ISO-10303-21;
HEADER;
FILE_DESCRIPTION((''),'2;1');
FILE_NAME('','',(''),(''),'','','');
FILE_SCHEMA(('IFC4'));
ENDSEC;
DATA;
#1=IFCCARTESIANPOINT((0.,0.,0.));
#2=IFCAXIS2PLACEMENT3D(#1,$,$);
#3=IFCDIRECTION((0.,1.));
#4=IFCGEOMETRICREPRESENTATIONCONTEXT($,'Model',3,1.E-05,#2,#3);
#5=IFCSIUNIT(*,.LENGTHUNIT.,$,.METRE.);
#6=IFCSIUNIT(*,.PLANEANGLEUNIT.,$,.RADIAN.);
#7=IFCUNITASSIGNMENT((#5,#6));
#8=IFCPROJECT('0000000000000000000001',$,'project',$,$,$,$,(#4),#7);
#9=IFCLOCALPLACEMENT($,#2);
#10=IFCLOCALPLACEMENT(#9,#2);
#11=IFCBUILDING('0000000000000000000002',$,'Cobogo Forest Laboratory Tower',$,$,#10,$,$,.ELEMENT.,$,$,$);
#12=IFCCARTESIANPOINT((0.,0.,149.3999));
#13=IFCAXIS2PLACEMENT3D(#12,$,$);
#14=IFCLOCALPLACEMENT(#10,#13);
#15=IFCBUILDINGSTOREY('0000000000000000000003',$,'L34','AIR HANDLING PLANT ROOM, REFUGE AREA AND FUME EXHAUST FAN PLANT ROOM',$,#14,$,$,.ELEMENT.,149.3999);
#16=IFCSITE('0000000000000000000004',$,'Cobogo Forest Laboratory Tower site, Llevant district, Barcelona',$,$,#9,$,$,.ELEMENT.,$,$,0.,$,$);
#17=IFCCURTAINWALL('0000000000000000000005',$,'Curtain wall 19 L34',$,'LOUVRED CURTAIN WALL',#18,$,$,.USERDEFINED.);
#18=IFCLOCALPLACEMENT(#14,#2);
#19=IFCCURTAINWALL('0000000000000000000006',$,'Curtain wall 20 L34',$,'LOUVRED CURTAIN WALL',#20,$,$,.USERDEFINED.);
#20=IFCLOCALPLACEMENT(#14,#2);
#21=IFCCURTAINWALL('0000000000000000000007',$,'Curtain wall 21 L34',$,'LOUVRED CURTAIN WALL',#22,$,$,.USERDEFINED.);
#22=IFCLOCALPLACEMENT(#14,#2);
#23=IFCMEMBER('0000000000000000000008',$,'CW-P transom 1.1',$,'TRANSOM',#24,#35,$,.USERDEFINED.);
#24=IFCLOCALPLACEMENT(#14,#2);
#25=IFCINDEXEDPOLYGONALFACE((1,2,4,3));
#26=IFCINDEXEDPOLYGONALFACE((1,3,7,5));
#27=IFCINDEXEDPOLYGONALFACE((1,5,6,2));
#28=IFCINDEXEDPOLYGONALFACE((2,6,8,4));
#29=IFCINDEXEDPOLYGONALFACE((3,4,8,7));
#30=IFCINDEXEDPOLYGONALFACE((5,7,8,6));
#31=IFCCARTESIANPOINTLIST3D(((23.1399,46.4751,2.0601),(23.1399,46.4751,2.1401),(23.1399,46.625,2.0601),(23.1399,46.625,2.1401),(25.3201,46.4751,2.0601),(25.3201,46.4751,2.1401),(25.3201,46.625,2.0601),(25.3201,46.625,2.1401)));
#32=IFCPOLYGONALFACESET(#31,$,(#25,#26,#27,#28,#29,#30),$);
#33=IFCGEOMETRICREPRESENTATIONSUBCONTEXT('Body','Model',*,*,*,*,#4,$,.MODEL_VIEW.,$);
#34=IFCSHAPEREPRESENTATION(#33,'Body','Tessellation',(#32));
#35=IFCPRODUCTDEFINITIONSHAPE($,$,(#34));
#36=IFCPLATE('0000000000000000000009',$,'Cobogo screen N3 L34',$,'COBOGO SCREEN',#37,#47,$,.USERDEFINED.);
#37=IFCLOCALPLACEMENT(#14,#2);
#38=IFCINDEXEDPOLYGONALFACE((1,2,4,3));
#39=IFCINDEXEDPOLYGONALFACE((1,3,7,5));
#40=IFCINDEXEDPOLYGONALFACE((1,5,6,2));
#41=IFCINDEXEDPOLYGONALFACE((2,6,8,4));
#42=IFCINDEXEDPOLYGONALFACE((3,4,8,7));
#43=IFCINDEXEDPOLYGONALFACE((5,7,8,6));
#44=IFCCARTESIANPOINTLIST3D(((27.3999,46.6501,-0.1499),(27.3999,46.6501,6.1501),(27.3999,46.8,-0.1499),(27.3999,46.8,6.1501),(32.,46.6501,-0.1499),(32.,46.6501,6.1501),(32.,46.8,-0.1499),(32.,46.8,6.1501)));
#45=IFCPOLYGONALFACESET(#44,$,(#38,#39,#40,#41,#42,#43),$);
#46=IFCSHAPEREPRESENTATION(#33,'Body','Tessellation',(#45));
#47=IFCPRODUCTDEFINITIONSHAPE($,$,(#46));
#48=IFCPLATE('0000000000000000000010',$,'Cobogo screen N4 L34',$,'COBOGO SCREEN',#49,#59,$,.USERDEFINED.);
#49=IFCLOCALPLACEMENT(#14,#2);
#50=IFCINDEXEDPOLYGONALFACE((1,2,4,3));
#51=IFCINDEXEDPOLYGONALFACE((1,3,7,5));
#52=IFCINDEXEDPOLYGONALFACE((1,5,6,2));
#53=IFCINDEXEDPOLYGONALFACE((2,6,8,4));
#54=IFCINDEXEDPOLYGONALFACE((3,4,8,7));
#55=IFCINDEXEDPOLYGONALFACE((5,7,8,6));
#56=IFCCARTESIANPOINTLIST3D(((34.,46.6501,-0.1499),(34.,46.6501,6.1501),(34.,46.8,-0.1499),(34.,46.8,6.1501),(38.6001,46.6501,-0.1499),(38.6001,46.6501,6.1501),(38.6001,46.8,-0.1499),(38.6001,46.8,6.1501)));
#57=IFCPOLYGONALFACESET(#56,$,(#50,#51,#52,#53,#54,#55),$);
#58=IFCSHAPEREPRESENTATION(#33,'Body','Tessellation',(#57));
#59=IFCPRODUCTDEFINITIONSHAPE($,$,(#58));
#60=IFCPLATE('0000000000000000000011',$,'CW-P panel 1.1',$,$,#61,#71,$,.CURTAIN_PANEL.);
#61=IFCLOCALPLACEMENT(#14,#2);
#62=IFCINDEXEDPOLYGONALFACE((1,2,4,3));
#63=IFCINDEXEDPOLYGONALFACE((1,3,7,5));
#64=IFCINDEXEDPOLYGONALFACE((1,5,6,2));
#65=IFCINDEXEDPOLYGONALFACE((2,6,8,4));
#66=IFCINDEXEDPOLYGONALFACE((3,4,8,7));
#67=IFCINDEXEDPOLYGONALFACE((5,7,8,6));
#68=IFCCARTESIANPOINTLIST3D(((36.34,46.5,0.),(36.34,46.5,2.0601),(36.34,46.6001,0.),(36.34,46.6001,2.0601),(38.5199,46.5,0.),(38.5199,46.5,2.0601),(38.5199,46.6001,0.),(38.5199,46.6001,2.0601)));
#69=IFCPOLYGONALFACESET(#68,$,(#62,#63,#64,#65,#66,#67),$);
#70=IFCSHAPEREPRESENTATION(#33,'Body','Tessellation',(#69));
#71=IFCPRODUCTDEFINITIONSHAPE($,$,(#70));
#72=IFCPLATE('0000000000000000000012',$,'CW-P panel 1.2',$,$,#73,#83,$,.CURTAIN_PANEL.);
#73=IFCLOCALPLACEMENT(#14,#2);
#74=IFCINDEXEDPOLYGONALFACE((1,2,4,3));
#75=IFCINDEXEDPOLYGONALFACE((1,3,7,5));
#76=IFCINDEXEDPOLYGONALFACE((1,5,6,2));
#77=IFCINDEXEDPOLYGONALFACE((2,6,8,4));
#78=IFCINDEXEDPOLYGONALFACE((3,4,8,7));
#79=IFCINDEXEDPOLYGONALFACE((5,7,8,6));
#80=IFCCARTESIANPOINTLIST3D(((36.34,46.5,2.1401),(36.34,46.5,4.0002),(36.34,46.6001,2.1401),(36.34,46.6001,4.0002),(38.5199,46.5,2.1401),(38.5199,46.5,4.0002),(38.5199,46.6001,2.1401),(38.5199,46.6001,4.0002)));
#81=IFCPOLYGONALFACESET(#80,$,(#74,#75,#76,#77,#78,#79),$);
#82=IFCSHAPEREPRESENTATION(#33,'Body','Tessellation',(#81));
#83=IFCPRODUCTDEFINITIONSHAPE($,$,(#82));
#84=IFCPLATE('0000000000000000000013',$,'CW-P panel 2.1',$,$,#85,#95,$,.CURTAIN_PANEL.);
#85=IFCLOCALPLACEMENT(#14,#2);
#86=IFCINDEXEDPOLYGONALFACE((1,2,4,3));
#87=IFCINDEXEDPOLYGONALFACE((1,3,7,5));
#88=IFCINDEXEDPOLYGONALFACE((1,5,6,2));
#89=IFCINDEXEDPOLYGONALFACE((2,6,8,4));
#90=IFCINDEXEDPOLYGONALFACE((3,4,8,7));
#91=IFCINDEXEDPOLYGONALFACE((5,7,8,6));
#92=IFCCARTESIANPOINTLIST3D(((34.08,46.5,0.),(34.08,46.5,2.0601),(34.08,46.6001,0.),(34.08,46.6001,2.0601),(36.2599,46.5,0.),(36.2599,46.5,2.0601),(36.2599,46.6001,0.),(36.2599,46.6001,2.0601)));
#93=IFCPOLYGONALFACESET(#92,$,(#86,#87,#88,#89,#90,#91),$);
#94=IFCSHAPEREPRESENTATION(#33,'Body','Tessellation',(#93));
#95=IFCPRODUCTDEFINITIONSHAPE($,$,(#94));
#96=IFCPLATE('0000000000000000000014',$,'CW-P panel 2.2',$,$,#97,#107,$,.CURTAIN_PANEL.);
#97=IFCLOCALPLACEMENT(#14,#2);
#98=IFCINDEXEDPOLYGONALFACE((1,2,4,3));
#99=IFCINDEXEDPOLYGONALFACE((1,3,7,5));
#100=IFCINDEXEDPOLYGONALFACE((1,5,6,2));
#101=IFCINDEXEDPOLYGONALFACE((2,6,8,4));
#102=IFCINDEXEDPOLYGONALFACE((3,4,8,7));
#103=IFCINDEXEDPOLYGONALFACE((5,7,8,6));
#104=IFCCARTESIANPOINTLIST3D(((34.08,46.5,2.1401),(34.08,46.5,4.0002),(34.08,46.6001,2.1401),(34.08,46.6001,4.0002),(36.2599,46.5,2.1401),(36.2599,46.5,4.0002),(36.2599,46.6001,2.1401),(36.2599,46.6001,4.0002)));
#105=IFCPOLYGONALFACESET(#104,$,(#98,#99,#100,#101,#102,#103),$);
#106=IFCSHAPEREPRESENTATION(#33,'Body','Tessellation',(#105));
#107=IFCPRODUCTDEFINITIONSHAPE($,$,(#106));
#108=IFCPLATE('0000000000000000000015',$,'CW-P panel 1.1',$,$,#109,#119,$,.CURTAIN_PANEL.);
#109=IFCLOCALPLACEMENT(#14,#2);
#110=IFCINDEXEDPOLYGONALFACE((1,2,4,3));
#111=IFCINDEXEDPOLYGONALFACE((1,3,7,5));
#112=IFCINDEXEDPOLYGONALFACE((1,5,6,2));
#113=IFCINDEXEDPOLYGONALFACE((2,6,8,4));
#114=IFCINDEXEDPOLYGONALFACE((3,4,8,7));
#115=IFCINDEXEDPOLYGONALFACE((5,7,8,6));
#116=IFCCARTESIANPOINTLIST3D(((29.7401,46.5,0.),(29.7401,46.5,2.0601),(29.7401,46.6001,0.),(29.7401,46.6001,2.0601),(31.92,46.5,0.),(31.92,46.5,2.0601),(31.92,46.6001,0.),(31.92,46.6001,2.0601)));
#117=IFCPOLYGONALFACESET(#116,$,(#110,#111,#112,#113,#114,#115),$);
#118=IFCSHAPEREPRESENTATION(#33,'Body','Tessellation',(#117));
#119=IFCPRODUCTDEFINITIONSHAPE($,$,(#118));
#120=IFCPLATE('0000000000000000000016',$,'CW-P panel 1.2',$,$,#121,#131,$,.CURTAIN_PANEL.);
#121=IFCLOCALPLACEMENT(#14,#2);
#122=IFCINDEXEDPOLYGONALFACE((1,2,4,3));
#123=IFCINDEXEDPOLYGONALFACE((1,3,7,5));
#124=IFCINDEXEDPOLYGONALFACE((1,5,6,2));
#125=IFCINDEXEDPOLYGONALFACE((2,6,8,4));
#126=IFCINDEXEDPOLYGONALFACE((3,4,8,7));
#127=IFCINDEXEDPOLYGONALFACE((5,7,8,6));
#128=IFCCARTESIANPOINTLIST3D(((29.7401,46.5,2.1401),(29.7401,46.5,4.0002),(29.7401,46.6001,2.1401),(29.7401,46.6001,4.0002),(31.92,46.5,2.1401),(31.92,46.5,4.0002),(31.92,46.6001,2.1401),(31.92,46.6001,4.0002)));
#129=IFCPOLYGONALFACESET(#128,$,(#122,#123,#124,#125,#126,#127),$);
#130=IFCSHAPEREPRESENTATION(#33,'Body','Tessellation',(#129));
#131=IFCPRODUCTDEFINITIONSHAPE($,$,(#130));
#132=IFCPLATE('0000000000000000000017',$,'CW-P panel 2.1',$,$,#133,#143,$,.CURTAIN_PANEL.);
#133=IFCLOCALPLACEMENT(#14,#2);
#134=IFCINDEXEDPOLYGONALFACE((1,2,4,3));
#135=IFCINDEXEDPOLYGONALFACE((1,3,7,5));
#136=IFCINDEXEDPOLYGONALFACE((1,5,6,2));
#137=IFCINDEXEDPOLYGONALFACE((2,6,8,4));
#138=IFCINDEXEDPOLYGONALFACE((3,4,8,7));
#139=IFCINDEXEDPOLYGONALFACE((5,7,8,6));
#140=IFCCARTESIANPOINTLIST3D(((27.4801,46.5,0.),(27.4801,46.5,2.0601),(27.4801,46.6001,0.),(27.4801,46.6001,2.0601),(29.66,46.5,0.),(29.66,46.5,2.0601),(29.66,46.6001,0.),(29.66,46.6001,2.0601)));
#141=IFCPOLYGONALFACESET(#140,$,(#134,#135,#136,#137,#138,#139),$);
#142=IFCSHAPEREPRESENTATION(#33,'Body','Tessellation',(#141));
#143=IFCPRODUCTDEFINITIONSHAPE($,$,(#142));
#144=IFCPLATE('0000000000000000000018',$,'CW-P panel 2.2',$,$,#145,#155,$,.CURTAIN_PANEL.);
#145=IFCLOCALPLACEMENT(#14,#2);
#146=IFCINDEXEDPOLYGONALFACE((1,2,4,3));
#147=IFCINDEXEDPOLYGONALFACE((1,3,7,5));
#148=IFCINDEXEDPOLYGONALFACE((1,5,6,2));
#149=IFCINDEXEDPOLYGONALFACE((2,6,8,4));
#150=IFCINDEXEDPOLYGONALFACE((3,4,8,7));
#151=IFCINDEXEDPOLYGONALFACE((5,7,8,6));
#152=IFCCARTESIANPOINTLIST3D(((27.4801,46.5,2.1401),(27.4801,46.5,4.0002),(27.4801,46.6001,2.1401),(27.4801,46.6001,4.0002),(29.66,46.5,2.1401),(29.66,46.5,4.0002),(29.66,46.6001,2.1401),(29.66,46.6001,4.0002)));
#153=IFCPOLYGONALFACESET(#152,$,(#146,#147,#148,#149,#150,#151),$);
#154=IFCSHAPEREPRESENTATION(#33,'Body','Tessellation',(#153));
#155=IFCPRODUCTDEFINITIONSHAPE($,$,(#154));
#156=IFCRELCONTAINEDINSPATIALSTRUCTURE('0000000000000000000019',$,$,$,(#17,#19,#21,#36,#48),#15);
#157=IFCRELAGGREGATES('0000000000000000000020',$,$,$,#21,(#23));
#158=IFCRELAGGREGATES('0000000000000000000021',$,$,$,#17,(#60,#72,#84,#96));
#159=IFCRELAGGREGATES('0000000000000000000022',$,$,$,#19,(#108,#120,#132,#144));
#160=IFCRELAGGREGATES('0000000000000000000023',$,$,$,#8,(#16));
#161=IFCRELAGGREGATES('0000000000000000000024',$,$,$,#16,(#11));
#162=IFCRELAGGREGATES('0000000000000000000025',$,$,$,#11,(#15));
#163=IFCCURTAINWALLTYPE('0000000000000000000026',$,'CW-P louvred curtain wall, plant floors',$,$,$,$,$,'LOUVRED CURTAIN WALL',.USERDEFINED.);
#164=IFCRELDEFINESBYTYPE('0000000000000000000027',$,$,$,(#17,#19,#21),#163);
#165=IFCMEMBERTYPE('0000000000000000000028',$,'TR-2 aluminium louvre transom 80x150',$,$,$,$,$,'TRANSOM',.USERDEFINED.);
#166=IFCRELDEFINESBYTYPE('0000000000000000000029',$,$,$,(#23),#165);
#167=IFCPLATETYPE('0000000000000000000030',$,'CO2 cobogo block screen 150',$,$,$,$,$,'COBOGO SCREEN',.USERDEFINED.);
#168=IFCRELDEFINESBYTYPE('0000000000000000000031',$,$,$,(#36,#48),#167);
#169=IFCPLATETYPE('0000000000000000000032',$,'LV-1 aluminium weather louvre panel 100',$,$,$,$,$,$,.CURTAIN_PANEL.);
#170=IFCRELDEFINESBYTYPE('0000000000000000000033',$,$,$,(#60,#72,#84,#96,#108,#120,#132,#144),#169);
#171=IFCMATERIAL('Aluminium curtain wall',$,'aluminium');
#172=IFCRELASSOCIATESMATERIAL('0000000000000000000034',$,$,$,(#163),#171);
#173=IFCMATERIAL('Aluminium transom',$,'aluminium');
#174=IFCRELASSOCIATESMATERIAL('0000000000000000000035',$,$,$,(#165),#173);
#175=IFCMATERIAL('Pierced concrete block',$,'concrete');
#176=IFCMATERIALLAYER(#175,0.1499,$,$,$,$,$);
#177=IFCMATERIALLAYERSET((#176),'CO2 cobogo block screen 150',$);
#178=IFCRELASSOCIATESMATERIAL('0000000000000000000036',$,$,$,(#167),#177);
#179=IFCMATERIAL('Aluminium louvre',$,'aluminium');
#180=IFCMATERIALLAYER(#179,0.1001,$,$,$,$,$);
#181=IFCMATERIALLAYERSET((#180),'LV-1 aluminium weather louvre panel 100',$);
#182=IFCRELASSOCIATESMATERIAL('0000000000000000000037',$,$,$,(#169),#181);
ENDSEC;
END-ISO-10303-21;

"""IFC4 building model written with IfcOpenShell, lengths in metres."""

from ifc_helpers import new_model, si_unit, direction, frame, origin, origin_2d, place, context, subcontext, project, spatial, rectangle, extrude, material, layer, layer_set, material_profile, profile_set, type_object, element, aggregate, save


model = new_model("IFC4")

# Units and contexts
model_context = context("Model", 3, precision=1e-05, world=origin(), true_north=direction((0.0, 1.0)))
body_context = subcontext(model_context, "Body", "Model", "MODEL_VIEW")
ifc_project = project(units=[si_unit("LENGTHUNIT", "METRE"), si_unit("PLANEANGLEUNIT", "RADIAN")], contexts=[model_context])

# Site, building, storey
site_placement = place(None, origin())
site = spatial("IfcSite", under=ifc_project, at=site_placement, Name="Cobogo Forest Laboratory Tower site, Llevant district, Barcelona", CompositionType="ELEMENT", RefElevation=0.0)
building_placement = place(site_placement, origin())
building = spatial("IfcBuilding", under=site, at=building_placement, Name="Cobogo Forest Laboratory Tower", CompositionType="ELEMENT")
storey_placement = place(building_placement, frame((0.0, 0.0, 149.3999)))
storey = spatial("IfcBuildingStorey", under=building, at=storey_placement, Name="L34", Description="AIR HANDLING PLANT ROOM, REFUGE AREA AND FUME EXHAUST FAN PLANT ROOM", CompositionType="ELEMENT", Elevation=149.3999)

# Curtain walls
ifc_material_1 = material(Name="Aluminium curtain wall", Category="aluminium")
curtain_wall_type = type_object("IfcCurtainWallType", Name="CW-P louvred curtain wall, plant floors", ElementType="LOUVRED CURTAIN WALL", PredefinedType="USERDEFINED", material=ifc_material_1)
curtain_wall_1_placement = place(storey_placement, origin())
curtain_wall_1 = element("IfcCurtainWall", 1, at=curtain_wall_1_placement, inside=storey, type_object=curtain_wall_type, Name="Curtain wall 19 L34", ObjectType="LOUVRED CURTAIN WALL", PredefinedType="USERDEFINED")
curtain_wall_2_placement = place(storey_placement, origin())
curtain_wall_2 = element("IfcCurtainWall", 2, at=curtain_wall_2_placement, inside=storey, type_object=curtain_wall_type, Name="Curtain wall 20 L34", ObjectType="LOUVRED CURTAIN WALL", PredefinedType="USERDEFINED")

# Curtain wall
curtain_wall_3_placement = place(storey_placement, origin())
curtain_wall_3 = element("IfcCurtainWall", 3, at=curtain_wall_3_placement, inside=storey, type_object=curtain_wall_type, Name="Curtain wall 21 L34", ObjectType="LOUVRED CURTAIN WALL", PredefinedType="USERDEFINED")

# Member
ifc_material_2 = material(Name="Aluminium transom", Category="aluminium")
ifc_material_profile_1 = material_profile(ifc_material_2, rectangle(XDim=0.1499, YDim=0.0801, at=origin_2d()), Name="AL 80x150")
ifc_profile_set_1 = profile_set([ifc_material_profile_1], Name="Aluminium transom")
member_type_1 = type_object("IfcMemberType", Name="TR-2 aluminium louvre transom 80x150", ElementType="TRANSOM", PredefinedType="USERDEFINED", material=ifc_profile_set_1)
member_1_placement = place(storey_placement, frame((25.3201, 46.55, 2.1001), z_axis=(-1.0, 0.0, 0.0), x_axis=(0.0, -1.0, 0.0)))
member_1 = element("IfcMember", 4, at=member_1_placement, type_object=member_type_1, Name="CW-P transom 1.1", ObjectType="TRANSOM", PredefinedType="USERDEFINED", context=body_context, shape_type="SweptSolid", body=[
    extrude(rectangle(XDim=0.1499, YDim=0.0801, at=origin_2d()), origin(), (0.0, 0.0, 1.0), 2.1802),
])
aggregate(curtain_wall_3, [member_1])

# Plates
ifc_material_3 = material(Name="Pierced concrete block", Category="concrete")
ifc_layer_1 = layer(ifc_material_3, 0.1499)
ifc_layer_set_1 = layer_set([ifc_layer_1], Name="CO2 cobogo block screen 150")
plate_type_1 = type_object("IfcPlateType", Name="CO2 cobogo block screen 150", ElementType="COBOGO SCREEN", PredefinedType="USERDEFINED", material=ifc_layer_set_1)
for number, where, z_axis, x_axis, name in (
    (5, (29.7, 46.7251, -0.1499), (0.0, 0.0, 1.0), (1.0, 0.0, 0.0), "Cobogo screen N3 L34"),
    (6, (36.3, 46.7251, -0.1499), (0.0, 0.0, 1.0), (1.0, 0.0, 0.0), "Cobogo screen N4 L34"),
):
    element("IfcPlate", number, at=place(storey_placement, frame(where, z_axis=z_axis, x_axis=x_axis)), inside=storey, type_object=plate_type_1, Name=name, ObjectType="COBOGO SCREEN", PredefinedType="USERDEFINED", context=body_context, shape_type="SweptSolid", body=[
        extrude(rectangle(XDim=4.6001, YDim=0.1499, at=origin_2d()), origin(), (0.0, 0.0, 1.0), 6.3),
    ])

# Plates
ifc_material_4 = material(Name="Aluminium louvre", Category="aluminium")
ifc_layer_2 = layer(ifc_material_4, 0.1001)
ifc_layer_set_2 = layer_set([ifc_layer_2], Name="LV-1 aluminium weather louvre panel 100")
plate_type_2 = type_object("IfcPlateType", Name="LV-1 aluminium weather louvre panel 100", PredefinedType="CURTAIN_PANEL", material=ifc_layer_set_2)
plate_1_placement = place(storey_placement, frame((37.4299, 46.55, 0.0), z_axis=(0.0, 0.0, 1.0), x_axis=(-1.0, 0.0, 0.0)))
plate_1 = element("IfcPlate", 7, at=plate_1_placement, type_object=plate_type_2, Name="CW-P panel 1.1", PredefinedType="CURTAIN_PANEL", context=body_context, shape_type="SweptSolid", body=[
    extrude(rectangle(XDim=2.1799, YDim=0.1001, at=origin_2d()), origin(), (0.0, 0.0, 1.0), 2.0601),
])
plate_2_placement = place(storey_placement, frame((37.4299, 46.55, 2.1401), z_axis=(0.0, 0.0, 1.0), x_axis=(-1.0, 0.0, 0.0)))
plate_2 = element("IfcPlate", 8, at=plate_2_placement, type_object=plate_type_2, Name="CW-P panel 1.2", PredefinedType="CURTAIN_PANEL", context=body_context, shape_type="SweptSolid", body=[
    extrude(rectangle(XDim=2.1799, YDim=0.1001, at=origin_2d()), origin(), (0.0, 0.0, 1.0), 1.8601),
])
plate_3_placement = place(storey_placement, frame((35.1699, 46.55, 0.0), z_axis=(0.0, 0.0, 1.0), x_axis=(-1.0, 0.0, 0.0)))
plate_3 = element("IfcPlate", 9, at=plate_3_placement, type_object=plate_type_2, Name="CW-P panel 2.1", PredefinedType="CURTAIN_PANEL", context=body_context, shape_type="SweptSolid", body=[
    extrude(rectangle(XDim=2.1799, YDim=0.1001, at=origin_2d()), origin(), (0.0, 0.0, 1.0), 2.0601),
])
plate_4_placement = place(storey_placement, frame((35.1699, 46.55, 2.1401), z_axis=(0.0, 0.0, 1.0), x_axis=(-1.0, 0.0, 0.0)))
plate_4 = element("IfcPlate", 10, at=plate_4_placement, type_object=plate_type_2, Name="CW-P panel 2.2", PredefinedType="CURTAIN_PANEL", context=body_context, shape_type="SweptSolid", body=[
    extrude(rectangle(XDim=2.1799, YDim=0.1001, at=origin_2d()), origin(), (0.0, 0.0, 1.0), 1.8601),
])
aggregate(curtain_wall_1, [plate_1, plate_2, plate_3, plate_4])
plate_5_placement = place(storey_placement, frame((30.8301, 46.55, 0.0), z_axis=(0.0, 0.0, 1.0), x_axis=(-1.0, 0.0, 0.0)))
plate_5 = element("IfcPlate", 11, at=plate_5_placement, type_object=plate_type_2, Name="CW-P panel 1.1", PredefinedType="CURTAIN_PANEL", context=body_context, shape_type="SweptSolid", body=[
    extrude(rectangle(XDim=2.1799, YDim=0.1001, at=origin_2d()), origin(), (0.0, 0.0, 1.0), 2.0601),
])
plate_6_placement = place(storey_placement, frame((30.8301, 46.55, 2.1401), z_axis=(0.0, 0.0, 1.0), x_axis=(-1.0, 0.0, 0.0)))
plate_6 = element("IfcPlate", 12, at=plate_6_placement, type_object=plate_type_2, Name="CW-P panel 1.2", PredefinedType="CURTAIN_PANEL", context=body_context, shape_type="SweptSolid", body=[
    extrude(rectangle(XDim=2.1799, YDim=0.1001, at=origin_2d()), origin(), (0.0, 0.0, 1.0), 1.8601),
])
plate_7_placement = place(storey_placement, frame((28.5701, 46.55, 0.0), z_axis=(0.0, 0.0, 1.0), x_axis=(-1.0, 0.0, 0.0)))
plate_7 = element("IfcPlate", 13, at=plate_7_placement, type_object=plate_type_2, Name="CW-P panel 2.1", PredefinedType="CURTAIN_PANEL", context=body_context, shape_type="SweptSolid", body=[
    extrude(rectangle(XDim=2.1799, YDim=0.1001, at=origin_2d()), origin(), (0.0, 0.0, 1.0), 2.0601),
])
plate_8_placement = place(storey_placement, frame((28.5701, 46.55, 2.1401), z_axis=(0.0, 0.0, 1.0), x_axis=(-1.0, 0.0, 0.0)))
plate_8 = element("IfcPlate", 14, at=plate_8_placement, type_object=plate_type_2, Name="CW-P panel 2.2", PredefinedType="CURTAIN_PANEL", context=body_context, shape_type="SweptSolid", body=[
    extrude(rectangle(XDim=2.1799, YDim=0.1001, at=origin_2d()), origin(), (0.0, 0.0, 1.0), 1.8601),
])
aggregate(curtain_wall_2, [plate_5, plate_6, plate_7, plate_8])

save(model, "model.ifc")
